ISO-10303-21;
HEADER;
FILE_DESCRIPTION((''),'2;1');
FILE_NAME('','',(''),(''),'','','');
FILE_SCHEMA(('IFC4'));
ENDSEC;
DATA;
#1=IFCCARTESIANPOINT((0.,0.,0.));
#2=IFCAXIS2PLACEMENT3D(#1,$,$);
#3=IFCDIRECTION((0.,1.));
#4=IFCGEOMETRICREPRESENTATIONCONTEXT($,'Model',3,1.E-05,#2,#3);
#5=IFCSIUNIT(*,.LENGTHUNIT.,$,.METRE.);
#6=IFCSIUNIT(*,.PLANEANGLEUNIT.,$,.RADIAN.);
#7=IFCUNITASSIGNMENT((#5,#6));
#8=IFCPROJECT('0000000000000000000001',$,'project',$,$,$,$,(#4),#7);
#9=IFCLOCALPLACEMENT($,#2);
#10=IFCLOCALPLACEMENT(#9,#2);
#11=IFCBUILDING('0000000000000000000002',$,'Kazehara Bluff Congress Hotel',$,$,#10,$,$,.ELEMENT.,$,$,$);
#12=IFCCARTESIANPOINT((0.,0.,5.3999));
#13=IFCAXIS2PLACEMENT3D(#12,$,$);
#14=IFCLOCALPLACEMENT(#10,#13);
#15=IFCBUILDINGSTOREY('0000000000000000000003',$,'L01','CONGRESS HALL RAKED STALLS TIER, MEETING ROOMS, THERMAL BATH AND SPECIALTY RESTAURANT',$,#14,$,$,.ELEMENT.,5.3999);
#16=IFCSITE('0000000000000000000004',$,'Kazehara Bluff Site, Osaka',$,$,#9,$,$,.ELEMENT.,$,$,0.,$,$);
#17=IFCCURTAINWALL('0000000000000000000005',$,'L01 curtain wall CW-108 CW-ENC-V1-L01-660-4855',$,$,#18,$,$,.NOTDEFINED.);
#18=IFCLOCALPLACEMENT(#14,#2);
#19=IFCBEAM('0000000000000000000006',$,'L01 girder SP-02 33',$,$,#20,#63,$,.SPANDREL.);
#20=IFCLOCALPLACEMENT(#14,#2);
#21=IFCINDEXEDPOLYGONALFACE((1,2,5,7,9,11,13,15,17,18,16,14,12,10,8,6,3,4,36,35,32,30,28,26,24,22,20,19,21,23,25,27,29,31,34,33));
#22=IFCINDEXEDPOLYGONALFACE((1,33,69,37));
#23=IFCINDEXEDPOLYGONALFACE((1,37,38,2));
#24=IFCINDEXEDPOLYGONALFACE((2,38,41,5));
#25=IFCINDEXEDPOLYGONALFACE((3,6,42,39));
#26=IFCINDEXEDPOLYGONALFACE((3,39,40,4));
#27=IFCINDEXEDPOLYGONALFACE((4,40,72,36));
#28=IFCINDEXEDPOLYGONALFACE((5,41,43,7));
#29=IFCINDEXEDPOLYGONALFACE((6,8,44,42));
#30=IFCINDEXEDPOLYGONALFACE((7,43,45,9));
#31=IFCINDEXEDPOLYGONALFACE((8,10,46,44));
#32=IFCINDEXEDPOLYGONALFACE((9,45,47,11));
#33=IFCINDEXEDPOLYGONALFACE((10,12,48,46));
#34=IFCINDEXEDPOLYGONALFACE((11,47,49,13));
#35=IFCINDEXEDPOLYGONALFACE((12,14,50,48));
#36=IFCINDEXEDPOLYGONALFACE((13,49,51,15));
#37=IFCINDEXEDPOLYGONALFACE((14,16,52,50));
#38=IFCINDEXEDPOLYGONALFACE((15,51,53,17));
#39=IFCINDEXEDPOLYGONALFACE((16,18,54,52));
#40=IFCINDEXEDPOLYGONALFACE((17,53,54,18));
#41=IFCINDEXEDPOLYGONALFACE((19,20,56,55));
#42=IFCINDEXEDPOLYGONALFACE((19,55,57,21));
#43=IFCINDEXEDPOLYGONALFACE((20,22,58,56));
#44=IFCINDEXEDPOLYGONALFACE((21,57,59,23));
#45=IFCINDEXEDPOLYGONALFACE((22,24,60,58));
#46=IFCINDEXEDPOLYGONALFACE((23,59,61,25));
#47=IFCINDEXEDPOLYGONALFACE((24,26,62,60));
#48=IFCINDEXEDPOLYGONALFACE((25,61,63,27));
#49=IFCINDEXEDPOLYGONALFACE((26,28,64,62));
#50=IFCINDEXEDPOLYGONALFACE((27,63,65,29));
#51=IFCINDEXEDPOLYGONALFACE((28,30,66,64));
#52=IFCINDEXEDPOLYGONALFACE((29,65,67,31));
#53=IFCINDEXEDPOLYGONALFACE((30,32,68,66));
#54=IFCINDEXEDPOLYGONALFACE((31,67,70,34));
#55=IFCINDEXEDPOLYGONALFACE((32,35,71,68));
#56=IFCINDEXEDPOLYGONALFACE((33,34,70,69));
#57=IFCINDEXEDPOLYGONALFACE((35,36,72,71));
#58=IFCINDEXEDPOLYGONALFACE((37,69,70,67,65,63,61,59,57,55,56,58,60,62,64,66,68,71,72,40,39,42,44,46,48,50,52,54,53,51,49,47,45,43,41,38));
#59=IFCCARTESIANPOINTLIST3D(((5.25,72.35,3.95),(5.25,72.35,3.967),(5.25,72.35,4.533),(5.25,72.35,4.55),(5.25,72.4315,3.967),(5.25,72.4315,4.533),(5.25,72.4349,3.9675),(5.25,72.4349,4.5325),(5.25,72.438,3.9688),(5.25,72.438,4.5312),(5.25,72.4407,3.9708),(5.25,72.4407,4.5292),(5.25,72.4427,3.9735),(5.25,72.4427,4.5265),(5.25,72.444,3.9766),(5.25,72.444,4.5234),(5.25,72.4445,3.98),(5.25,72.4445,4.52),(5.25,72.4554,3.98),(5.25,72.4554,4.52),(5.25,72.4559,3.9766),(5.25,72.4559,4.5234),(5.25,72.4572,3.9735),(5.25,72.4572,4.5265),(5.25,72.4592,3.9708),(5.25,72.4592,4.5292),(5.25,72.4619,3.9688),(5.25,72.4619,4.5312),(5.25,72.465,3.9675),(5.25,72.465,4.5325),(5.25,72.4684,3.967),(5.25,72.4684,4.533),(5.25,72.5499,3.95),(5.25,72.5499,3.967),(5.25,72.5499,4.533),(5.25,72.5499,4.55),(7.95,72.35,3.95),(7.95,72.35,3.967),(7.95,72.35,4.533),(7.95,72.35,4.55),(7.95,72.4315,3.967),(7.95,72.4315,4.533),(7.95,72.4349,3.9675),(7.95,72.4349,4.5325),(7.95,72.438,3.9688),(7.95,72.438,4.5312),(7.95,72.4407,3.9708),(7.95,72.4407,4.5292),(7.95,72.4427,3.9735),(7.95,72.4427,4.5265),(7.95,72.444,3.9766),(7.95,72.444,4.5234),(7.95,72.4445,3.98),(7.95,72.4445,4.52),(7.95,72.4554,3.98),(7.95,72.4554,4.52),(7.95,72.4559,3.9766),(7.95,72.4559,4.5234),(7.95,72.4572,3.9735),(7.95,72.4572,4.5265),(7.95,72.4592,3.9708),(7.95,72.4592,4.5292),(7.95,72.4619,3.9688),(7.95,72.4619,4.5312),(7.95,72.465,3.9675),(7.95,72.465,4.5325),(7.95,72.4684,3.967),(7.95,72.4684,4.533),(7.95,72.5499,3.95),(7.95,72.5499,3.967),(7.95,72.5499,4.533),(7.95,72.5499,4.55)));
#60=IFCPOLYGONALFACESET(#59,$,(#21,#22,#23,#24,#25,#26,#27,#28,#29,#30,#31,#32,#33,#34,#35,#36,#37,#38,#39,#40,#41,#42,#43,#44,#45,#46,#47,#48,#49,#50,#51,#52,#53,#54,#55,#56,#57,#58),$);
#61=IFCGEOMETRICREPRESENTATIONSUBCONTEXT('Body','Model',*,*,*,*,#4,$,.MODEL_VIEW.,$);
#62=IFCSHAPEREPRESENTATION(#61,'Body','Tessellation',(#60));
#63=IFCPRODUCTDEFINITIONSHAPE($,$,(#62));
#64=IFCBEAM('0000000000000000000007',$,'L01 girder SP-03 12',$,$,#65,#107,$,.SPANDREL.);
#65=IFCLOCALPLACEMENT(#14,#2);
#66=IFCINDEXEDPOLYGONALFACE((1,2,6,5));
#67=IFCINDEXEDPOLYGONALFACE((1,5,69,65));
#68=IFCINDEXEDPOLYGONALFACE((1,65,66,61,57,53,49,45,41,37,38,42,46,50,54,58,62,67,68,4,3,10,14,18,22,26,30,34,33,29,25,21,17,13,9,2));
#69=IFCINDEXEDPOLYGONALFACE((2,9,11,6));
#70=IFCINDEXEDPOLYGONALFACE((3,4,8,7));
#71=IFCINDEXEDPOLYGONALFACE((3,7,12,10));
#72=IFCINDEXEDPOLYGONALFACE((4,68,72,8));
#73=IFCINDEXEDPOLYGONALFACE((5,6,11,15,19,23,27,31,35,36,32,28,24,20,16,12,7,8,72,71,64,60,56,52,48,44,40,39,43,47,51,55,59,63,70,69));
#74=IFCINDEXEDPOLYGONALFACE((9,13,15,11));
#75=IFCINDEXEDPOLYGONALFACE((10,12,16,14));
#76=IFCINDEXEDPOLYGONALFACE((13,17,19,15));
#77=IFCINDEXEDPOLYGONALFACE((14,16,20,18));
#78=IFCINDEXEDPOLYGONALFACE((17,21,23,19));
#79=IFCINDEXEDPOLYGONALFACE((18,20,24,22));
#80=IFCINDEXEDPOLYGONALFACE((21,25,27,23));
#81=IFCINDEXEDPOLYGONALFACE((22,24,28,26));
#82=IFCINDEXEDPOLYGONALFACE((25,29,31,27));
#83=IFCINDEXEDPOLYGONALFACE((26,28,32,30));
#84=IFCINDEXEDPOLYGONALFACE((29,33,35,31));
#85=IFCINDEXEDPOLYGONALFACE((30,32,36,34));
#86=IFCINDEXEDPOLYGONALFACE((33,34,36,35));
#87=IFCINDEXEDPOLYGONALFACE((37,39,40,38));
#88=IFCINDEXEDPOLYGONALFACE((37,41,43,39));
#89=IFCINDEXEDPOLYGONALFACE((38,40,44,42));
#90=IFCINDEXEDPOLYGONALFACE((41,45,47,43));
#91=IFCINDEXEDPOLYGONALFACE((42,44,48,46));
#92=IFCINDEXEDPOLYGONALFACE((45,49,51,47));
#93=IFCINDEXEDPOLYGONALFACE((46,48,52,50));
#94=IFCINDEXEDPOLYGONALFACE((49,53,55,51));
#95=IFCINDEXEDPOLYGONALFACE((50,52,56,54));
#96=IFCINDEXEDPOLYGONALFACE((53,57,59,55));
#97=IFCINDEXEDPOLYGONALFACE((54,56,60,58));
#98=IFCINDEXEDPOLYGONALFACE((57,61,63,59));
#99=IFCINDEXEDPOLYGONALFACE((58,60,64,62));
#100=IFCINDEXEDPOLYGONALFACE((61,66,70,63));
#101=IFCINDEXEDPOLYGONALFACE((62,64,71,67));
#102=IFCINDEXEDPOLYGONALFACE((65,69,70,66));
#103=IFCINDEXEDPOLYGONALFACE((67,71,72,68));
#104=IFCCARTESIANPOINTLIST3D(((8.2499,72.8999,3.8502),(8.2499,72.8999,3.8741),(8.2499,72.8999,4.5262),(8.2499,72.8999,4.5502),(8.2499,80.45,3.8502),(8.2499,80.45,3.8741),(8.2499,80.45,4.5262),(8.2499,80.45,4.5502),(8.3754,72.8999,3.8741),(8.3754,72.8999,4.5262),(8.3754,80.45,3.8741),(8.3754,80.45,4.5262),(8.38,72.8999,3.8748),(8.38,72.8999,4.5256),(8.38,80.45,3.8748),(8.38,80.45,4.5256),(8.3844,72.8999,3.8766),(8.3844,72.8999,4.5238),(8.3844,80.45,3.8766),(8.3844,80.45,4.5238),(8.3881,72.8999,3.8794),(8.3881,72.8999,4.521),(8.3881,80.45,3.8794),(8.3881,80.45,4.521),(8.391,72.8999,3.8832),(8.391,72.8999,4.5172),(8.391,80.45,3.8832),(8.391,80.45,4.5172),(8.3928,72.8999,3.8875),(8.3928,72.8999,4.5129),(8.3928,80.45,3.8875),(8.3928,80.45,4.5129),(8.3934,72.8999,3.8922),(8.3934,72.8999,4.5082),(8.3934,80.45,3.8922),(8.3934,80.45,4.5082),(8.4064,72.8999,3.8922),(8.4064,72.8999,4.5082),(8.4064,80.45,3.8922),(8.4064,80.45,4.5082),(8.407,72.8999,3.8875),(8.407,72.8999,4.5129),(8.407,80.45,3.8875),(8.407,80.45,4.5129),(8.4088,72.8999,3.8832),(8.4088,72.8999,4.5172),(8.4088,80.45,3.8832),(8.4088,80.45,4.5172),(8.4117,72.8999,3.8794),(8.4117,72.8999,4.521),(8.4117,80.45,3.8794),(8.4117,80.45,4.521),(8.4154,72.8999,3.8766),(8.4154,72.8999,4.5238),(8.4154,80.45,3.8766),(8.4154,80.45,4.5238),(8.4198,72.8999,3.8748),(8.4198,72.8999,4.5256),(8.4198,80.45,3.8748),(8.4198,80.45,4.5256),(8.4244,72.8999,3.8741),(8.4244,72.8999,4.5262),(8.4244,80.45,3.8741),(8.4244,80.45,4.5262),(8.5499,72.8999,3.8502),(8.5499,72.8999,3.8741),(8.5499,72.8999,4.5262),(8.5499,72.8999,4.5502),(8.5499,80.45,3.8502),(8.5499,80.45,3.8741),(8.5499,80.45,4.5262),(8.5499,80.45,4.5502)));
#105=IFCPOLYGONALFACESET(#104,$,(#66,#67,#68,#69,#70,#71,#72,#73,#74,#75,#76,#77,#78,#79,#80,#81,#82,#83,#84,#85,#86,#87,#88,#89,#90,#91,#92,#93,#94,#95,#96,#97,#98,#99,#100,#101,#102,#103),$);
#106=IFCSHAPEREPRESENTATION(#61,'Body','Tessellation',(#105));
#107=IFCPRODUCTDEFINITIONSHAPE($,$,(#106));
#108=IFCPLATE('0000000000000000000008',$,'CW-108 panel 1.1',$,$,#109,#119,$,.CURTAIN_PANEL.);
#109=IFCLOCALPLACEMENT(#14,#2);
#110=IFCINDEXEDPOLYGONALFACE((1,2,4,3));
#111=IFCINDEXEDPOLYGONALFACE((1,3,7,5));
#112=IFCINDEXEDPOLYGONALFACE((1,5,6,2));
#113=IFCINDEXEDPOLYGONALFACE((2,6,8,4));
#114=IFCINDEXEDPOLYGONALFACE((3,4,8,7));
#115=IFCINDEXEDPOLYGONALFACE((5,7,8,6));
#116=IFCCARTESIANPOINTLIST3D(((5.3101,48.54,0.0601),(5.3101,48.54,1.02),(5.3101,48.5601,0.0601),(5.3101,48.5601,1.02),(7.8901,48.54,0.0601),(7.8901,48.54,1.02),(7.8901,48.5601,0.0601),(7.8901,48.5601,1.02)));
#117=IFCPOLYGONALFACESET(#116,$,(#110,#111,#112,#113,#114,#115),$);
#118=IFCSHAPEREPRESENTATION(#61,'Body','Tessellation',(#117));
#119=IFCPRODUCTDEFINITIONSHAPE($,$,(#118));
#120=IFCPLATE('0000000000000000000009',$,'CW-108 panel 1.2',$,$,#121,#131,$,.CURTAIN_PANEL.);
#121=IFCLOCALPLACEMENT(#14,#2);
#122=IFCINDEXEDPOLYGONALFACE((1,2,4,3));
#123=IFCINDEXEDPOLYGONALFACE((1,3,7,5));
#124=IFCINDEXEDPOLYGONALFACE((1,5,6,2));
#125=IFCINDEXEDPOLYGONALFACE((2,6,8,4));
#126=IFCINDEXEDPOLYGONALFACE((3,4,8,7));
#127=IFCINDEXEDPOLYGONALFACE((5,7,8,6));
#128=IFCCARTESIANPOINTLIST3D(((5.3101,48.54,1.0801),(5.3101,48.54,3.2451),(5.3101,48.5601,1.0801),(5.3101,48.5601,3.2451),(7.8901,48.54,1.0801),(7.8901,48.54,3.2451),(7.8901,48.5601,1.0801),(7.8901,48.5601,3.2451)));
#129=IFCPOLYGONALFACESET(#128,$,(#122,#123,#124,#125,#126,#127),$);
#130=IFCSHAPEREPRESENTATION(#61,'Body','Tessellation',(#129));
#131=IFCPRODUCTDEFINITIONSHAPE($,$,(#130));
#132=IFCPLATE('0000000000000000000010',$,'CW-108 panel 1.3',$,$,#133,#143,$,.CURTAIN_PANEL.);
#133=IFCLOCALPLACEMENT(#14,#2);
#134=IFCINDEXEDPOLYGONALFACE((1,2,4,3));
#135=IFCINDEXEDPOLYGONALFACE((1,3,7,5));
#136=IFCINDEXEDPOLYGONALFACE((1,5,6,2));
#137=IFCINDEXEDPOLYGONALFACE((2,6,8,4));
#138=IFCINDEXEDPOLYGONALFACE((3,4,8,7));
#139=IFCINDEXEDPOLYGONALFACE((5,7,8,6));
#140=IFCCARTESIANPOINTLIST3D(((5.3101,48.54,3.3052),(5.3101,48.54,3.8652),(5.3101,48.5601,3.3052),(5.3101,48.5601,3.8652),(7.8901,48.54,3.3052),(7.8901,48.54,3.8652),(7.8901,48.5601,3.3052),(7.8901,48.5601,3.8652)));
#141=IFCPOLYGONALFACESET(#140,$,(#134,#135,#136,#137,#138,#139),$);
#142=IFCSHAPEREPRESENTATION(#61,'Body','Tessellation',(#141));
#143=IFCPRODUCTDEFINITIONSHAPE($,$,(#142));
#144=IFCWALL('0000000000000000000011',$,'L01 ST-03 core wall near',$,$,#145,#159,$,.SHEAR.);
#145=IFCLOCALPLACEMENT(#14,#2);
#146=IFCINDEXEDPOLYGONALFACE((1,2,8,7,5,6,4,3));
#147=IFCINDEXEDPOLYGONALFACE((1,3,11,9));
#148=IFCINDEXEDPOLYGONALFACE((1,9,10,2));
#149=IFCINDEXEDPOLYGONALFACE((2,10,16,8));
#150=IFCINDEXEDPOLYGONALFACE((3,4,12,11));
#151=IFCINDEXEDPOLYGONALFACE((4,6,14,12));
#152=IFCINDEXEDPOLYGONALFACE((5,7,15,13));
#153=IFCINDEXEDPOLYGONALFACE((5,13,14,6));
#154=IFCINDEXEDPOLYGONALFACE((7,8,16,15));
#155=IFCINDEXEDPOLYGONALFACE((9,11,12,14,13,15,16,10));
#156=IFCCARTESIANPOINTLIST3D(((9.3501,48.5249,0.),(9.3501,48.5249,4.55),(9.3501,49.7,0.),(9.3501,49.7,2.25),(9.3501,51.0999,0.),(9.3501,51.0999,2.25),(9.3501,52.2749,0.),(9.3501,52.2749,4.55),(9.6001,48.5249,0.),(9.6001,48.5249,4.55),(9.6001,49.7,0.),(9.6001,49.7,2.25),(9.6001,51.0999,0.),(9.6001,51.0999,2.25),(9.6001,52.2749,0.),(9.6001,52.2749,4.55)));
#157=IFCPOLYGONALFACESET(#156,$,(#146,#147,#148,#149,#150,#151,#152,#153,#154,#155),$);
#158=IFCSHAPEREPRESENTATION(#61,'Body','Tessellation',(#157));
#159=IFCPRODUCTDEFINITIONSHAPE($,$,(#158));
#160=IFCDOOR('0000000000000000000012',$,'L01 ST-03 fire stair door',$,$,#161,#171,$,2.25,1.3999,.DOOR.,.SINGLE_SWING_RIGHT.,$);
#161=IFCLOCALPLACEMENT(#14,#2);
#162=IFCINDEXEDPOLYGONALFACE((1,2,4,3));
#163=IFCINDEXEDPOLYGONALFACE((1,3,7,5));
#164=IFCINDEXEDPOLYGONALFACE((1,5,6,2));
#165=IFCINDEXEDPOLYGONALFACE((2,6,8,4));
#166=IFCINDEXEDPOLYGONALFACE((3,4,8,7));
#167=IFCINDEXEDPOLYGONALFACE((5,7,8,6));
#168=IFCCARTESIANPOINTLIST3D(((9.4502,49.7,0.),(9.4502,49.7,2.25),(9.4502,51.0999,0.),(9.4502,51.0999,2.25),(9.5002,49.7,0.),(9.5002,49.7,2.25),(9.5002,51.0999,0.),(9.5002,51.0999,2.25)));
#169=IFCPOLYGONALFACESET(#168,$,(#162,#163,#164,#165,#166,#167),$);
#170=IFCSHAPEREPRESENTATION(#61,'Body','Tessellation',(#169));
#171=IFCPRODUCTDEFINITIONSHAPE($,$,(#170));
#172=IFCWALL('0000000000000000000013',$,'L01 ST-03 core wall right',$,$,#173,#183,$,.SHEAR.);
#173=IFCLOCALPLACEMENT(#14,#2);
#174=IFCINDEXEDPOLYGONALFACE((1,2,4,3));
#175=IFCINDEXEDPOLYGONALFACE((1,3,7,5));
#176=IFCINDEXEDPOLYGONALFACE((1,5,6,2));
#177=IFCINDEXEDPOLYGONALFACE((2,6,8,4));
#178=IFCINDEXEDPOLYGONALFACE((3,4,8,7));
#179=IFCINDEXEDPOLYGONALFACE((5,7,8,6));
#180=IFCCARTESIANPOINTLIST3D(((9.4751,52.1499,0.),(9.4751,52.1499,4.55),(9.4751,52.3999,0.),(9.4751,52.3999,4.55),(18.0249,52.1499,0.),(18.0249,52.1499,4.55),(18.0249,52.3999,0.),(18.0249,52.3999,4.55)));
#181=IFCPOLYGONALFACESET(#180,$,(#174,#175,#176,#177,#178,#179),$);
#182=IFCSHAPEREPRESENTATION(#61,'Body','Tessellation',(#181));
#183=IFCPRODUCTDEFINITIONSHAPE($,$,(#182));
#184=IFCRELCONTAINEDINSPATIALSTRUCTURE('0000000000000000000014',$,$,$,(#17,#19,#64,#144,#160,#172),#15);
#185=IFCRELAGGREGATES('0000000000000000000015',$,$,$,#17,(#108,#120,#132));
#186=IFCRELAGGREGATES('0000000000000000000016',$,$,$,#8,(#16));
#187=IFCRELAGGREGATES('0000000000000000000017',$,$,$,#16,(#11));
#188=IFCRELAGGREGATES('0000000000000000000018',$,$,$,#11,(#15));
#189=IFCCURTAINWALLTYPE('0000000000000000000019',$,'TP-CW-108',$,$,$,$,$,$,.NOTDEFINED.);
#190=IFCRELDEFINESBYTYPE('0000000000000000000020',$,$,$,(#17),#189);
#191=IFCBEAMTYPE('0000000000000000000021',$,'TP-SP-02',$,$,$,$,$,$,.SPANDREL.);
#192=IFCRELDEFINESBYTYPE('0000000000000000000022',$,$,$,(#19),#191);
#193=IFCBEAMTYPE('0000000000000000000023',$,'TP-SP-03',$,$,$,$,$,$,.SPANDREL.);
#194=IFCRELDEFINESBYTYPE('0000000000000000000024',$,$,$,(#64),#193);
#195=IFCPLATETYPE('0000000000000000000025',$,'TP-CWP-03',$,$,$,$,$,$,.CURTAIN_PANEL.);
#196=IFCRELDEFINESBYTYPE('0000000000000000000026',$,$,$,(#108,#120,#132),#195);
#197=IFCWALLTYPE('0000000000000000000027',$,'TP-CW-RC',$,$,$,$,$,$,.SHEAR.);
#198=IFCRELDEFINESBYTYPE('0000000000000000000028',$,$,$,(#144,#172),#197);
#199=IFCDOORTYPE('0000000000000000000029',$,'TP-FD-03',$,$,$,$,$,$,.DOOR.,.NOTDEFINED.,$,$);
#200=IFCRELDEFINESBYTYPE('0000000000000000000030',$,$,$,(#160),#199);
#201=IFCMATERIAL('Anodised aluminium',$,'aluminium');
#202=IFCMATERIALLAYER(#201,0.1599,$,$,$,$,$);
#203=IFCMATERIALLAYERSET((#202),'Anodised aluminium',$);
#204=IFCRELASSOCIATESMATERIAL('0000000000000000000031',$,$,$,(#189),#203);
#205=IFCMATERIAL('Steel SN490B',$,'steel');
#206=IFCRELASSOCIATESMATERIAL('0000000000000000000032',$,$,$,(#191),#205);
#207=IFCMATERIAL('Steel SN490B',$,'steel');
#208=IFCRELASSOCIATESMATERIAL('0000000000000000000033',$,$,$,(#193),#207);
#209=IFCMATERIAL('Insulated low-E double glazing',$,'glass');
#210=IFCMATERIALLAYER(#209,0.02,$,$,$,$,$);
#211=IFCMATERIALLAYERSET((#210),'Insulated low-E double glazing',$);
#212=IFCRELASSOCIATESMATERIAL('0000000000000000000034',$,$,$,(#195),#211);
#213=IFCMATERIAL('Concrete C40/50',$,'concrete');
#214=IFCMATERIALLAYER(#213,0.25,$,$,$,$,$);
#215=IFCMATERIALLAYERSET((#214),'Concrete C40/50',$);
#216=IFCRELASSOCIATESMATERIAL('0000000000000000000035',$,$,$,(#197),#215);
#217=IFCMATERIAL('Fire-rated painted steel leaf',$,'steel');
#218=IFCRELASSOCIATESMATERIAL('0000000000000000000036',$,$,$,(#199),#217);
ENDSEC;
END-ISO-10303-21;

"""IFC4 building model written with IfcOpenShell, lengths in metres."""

from ifc_helpers import new_model, si_unit, direction, frame, frame_2d, origin, origin_2d, place, context, subcontext, project, spatial, rectangle, i_section, extrude, material, layer, layer_set, material_profile, profile_set, type_object, element, fill, aggregate, save


model = new_model("IFC4")

# Units and contexts
model_context = context("Model", 3, precision=1e-05, world=origin(), true_north=direction((0.0, 1.0)))
body_context = subcontext(model_context, "Body", "Model", "MODEL_VIEW")
ifc_project = project(units=[si_unit("LENGTHUNIT", "METRE"), si_unit("PLANEANGLEUNIT", "RADIAN")], contexts=[model_context])

# Site, building, storey
site_placement = place(None, origin())
site = spatial("IfcSite", under=ifc_project, at=site_placement, Name="Kazehara Bluff Site, Osaka", CompositionType="ELEMENT", RefElevation=0.0)
building_placement = place(site_placement, origin())
building = spatial("IfcBuilding", under=site, at=building_placement, Name="Kazehara Bluff Congress Hotel", CompositionType="ELEMENT")
storey_placement = place(building_placement, frame((0.0, 0.0, 5.3999)))
storey = spatial("IfcBuildingStorey", under=building, at=storey_placement, Name="L01", Description="CONGRESS HALL RAKED STALLS TIER, MEETING ROOMS, THERMAL BATH AND SPECIALTY RESTAURANT", CompositionType="ELEMENT", Elevation=5.3999)

# Curtain wall
ifc_material_1 = material(Name="Anodised aluminium", Category="aluminium")
ifc_layer_1 = layer(ifc_material_1, 0.1599)
ifc_layer_set_1 = layer_set([ifc_layer_1], Name="Anodised aluminium")
curtain_wall_type = type_object("IfcCurtainWallType", Name="TP-CW-108", PredefinedType="NOTDEFINED", material=ifc_layer_set_1)
curtain_wall_placement = place(storey_placement, origin())
curtain_wall = element("IfcCurtainWall", 1, at=curtain_wall_placement, inside=storey, type_object=curtain_wall_type, Name="L01 curtain wall CW-108 CW-ENC-V1-L01-660-4855", PredefinedType="NOTDEFINED")

# Beams
ifc_material_2 = material(Name="Steel SN490B", Category="steel")
ifc_material_profile_1 = material_profile(ifc_material_2, i_section(OverallWidth=0.2, OverallDepth=0.6001, WebThickness=0.011, FlangeThickness=0.0171, FilletRadius=0.0129, at=origin_2d()))
ifc_profile_set_1 = profile_set([ifc_material_profile_1], Name="Steel SN490B")
beam_type_1 = type_object("IfcBeamType", Name="TP-SP-02", PredefinedType="SPANDREL", material=ifc_profile_set_1)
beam_1_placement = place(storey_placement, frame((5.25, 72.45, 4.25), z_axis=(1.0, 0.0, 0.0), x_axis=(0.0, 1.0, 0.0)))
element("IfcBeam", 2, at=beam_1_placement, inside=storey, type_object=beam_type_1, Name="L01 girder SP-02 33", PredefinedType="SPANDREL", context=body_context, shape_type="SweptSolid", body=[
    extrude(i_section(OverallWidth=0.2, OverallDepth=0.6001, WebThickness=0.011, FlangeThickness=0.0171, FilletRadius=0.0129, at=origin_2d()), origin(), (0.0, 0.0, 1.0), 2.7),
])
ifc_material_3 = material(Name="Steel SN490B", Category="steel")
ifc_material_profile_2 = material_profile(ifc_material_3, i_section(OverallWidth=0.3, OverallDepth=0.7, WebThickness=0.0129, FlangeThickness=0.0239, FilletRadius=0.0181, at=origin_2d()))
ifc_profile_set_2 = profile_set([ifc_material_profile_2], Name="Steel SN490B")
beam_type_2 = type_object("IfcBeamType", Name="TP-SP-03", PredefinedType="SPANDREL", material=ifc_profile_set_2)
beam_2_placement = place(storey_placement, frame((8.3999, 72.8999, 4.2002), z_axis=(0.0, 1.0, 0.0), x_axis=(-1.0, 0.0, 0.0)))
element("IfcBeam", 3, at=beam_2_placement, inside=storey, type_object=beam_type_2, Name="L01 girder SP-03 12", PredefinedType="SPANDREL", context=body_context, shape_type="SweptSolid", body=[
    extrude(i_section(OverallWidth=0.3, OverallDepth=0.7, WebThickness=0.0129, FlangeThickness=0.0239, FilletRadius=0.0181, at=origin_2d()), origin(), (0.0, 0.0, 1.0), 7.55),
])

# Plates
ifc_material_4 = material(Name="Insulated low-E double glazing", Category="glass")
ifc_layer_2 = layer(ifc_material_4, 0.02)
ifc_layer_set_2 = layer_set([ifc_layer_2], Name="Insulated low-E double glazing")
plate_type = type_object("IfcPlateType", Name="TP-CWP-03", PredefinedType="CURTAIN_PANEL", material=ifc_layer_set_2)
plate_1_placement = place(storey_placement, frame((6.6001, 48.55, 0.0601), z_axis=(0.0, 0.0, 1.0), x_axis=(-1.0, 0.0, 0.0)))
plate_1 = element("IfcPlate", 4, at=plate_1_placement, type_object=plate_type, Name="CW-108 panel 1.1", PredefinedType="CURTAIN_PANEL", context=body_context, shape_type="SweptSolid", body=[
    extrude(rectangle(XDim=2.5801, YDim=0.02, at=origin_2d()), origin(), (0.0, 0.0, 1.0), 0.96),
])
plate_2_placement = place(storey_placement, frame((6.6001, 48.55, 1.0801), z_axis=(0.0, 0.0, 1.0), x_axis=(-1.0, 0.0, 0.0)))
plate_2 = element("IfcPlate", 5, at=plate_2_placement, type_object=plate_type, Name="CW-108 panel 1.2", PredefinedType="CURTAIN_PANEL", context=body_context, shape_type="SweptSolid", body=[
    extrude(rectangle(XDim=2.5801, YDim=0.02, at=origin_2d()), origin(), (0.0, 0.0, 1.0), 2.165),
])
plate_3_placement = place(storey_placement, frame((6.6001, 48.55, 3.3052), z_axis=(0.0, 0.0, 1.0), x_axis=(-1.0, 0.0, 0.0)))
plate_3 = element("IfcPlate", 6, at=plate_3_placement, type_object=plate_type, Name="CW-108 panel 1.3", PredefinedType="CURTAIN_PANEL", context=body_context, shape_type="SweptSolid", body=[
    extrude(rectangle(XDim=2.5801, YDim=0.02, at=origin_2d()), origin(), (0.0, 0.0, 1.0), 0.5601),
])
aggregate(curtain_wall, [plate_1, plate_2, plate_3])

# Wall, opening, door
ifc_material_5 = material(Name="Concrete C40/50", Category="concrete")
ifc_layer_3 = layer(ifc_material_5, 0.25)
ifc_layer_set_3 = layer_set([ifc_layer_3], Name="Concrete C40/50")
wall_type_1 = type_object("IfcWallType", Name="TP-CW-RC", PredefinedType="SHEAR", material=ifc_layer_set_3)
wall_1_placement = place(storey_placement, frame((9.4751, 48.5249, 0.0), z_axis=(0.0, 0.0, 1.0), x_axis=(0.0, 1.0, 0.0)))
wall_1 = element("IfcWall", 7, at=wall_1_placement, inside=storey, type_object=wall_type_1, Name="L01 ST-03 core wall near", PredefinedType="SHEAR", context=body_context, shape_type="SweptSolid", body=[
    extrude(rectangle(XDim=3.75, YDim=0.25, at=frame_2d((1.875, 0.0))), origin(), (0.0, 0.0, 1.0), 4.55),
])
opening_placement = place(wall_1_placement, frame((1.175, 0.0, 0.0)))
opening = element("IfcOpeningElement", 8, at=opening_placement, cuts=wall_1, PredefinedType="OPENING", context=body_context, shape_type="SweptSolid", body=[
    extrude(rectangle(XDim=1.3999, YDim=2.25, at=frame_2d((0.7, 1.125))), frame((0.0, 0.135, 0.0), z_axis=(0.0, -1.0, 0.0), x_axis=(1.0, 0.0, 0.0)), (0.0, 0.0, 1.0), 0.27),
])
ifc_material_6 = material(Name="Fire-rated painted steel leaf", Category="steel")
door_type = type_object("IfcDoorType", Name="TP-FD-03", OperationType="NOTDEFINED", PredefinedType="DOOR", material=ifc_material_6)
door_placement = place(opening_placement, origin())
door = element("IfcDoor", 9, at=door_placement, inside=storey, type_object=door_type, Name="L01 ST-03 fire stair door", OperationType="SINGLE_SWING_RIGHT", OverallHeight=2.25, OverallWidth=1.3999, PredefinedType="DOOR", context=body_context, shape_type="SweptSolid", body=[
    extrude(rectangle(XDim=1.3999, YDim=2.25, at=frame_2d((0.7, 1.125))), frame((0.0, 0.0249, 0.0), z_axis=(0.0, -1.0, 0.0), x_axis=(1.0, 0.0, 0.0)), (0.0, 0.0, 1.0), 0.05),
])
fill(opening, door)

# Wall
wall_2_placement = place(storey_placement, frame((9.4751, 52.2749, 0.0), z_axis=(0.0, 0.0, 1.0), x_axis=(1.0, 0.0, 0.0)))
element("IfcWall", 10, at=wall_2_placement, inside=storey, type_object=wall_type_1, Name="L01 ST-03 core wall right", PredefinedType="SHEAR", context=body_context, shape_type="SweptSolid", body=[
    extrude(rectangle(XDim=8.5498, YDim=0.25, at=frame_2d((4.2749, 0.0))), origin(), (0.0, 0.0, 1.0), 4.55),
])

save(model, "model.ifc")
